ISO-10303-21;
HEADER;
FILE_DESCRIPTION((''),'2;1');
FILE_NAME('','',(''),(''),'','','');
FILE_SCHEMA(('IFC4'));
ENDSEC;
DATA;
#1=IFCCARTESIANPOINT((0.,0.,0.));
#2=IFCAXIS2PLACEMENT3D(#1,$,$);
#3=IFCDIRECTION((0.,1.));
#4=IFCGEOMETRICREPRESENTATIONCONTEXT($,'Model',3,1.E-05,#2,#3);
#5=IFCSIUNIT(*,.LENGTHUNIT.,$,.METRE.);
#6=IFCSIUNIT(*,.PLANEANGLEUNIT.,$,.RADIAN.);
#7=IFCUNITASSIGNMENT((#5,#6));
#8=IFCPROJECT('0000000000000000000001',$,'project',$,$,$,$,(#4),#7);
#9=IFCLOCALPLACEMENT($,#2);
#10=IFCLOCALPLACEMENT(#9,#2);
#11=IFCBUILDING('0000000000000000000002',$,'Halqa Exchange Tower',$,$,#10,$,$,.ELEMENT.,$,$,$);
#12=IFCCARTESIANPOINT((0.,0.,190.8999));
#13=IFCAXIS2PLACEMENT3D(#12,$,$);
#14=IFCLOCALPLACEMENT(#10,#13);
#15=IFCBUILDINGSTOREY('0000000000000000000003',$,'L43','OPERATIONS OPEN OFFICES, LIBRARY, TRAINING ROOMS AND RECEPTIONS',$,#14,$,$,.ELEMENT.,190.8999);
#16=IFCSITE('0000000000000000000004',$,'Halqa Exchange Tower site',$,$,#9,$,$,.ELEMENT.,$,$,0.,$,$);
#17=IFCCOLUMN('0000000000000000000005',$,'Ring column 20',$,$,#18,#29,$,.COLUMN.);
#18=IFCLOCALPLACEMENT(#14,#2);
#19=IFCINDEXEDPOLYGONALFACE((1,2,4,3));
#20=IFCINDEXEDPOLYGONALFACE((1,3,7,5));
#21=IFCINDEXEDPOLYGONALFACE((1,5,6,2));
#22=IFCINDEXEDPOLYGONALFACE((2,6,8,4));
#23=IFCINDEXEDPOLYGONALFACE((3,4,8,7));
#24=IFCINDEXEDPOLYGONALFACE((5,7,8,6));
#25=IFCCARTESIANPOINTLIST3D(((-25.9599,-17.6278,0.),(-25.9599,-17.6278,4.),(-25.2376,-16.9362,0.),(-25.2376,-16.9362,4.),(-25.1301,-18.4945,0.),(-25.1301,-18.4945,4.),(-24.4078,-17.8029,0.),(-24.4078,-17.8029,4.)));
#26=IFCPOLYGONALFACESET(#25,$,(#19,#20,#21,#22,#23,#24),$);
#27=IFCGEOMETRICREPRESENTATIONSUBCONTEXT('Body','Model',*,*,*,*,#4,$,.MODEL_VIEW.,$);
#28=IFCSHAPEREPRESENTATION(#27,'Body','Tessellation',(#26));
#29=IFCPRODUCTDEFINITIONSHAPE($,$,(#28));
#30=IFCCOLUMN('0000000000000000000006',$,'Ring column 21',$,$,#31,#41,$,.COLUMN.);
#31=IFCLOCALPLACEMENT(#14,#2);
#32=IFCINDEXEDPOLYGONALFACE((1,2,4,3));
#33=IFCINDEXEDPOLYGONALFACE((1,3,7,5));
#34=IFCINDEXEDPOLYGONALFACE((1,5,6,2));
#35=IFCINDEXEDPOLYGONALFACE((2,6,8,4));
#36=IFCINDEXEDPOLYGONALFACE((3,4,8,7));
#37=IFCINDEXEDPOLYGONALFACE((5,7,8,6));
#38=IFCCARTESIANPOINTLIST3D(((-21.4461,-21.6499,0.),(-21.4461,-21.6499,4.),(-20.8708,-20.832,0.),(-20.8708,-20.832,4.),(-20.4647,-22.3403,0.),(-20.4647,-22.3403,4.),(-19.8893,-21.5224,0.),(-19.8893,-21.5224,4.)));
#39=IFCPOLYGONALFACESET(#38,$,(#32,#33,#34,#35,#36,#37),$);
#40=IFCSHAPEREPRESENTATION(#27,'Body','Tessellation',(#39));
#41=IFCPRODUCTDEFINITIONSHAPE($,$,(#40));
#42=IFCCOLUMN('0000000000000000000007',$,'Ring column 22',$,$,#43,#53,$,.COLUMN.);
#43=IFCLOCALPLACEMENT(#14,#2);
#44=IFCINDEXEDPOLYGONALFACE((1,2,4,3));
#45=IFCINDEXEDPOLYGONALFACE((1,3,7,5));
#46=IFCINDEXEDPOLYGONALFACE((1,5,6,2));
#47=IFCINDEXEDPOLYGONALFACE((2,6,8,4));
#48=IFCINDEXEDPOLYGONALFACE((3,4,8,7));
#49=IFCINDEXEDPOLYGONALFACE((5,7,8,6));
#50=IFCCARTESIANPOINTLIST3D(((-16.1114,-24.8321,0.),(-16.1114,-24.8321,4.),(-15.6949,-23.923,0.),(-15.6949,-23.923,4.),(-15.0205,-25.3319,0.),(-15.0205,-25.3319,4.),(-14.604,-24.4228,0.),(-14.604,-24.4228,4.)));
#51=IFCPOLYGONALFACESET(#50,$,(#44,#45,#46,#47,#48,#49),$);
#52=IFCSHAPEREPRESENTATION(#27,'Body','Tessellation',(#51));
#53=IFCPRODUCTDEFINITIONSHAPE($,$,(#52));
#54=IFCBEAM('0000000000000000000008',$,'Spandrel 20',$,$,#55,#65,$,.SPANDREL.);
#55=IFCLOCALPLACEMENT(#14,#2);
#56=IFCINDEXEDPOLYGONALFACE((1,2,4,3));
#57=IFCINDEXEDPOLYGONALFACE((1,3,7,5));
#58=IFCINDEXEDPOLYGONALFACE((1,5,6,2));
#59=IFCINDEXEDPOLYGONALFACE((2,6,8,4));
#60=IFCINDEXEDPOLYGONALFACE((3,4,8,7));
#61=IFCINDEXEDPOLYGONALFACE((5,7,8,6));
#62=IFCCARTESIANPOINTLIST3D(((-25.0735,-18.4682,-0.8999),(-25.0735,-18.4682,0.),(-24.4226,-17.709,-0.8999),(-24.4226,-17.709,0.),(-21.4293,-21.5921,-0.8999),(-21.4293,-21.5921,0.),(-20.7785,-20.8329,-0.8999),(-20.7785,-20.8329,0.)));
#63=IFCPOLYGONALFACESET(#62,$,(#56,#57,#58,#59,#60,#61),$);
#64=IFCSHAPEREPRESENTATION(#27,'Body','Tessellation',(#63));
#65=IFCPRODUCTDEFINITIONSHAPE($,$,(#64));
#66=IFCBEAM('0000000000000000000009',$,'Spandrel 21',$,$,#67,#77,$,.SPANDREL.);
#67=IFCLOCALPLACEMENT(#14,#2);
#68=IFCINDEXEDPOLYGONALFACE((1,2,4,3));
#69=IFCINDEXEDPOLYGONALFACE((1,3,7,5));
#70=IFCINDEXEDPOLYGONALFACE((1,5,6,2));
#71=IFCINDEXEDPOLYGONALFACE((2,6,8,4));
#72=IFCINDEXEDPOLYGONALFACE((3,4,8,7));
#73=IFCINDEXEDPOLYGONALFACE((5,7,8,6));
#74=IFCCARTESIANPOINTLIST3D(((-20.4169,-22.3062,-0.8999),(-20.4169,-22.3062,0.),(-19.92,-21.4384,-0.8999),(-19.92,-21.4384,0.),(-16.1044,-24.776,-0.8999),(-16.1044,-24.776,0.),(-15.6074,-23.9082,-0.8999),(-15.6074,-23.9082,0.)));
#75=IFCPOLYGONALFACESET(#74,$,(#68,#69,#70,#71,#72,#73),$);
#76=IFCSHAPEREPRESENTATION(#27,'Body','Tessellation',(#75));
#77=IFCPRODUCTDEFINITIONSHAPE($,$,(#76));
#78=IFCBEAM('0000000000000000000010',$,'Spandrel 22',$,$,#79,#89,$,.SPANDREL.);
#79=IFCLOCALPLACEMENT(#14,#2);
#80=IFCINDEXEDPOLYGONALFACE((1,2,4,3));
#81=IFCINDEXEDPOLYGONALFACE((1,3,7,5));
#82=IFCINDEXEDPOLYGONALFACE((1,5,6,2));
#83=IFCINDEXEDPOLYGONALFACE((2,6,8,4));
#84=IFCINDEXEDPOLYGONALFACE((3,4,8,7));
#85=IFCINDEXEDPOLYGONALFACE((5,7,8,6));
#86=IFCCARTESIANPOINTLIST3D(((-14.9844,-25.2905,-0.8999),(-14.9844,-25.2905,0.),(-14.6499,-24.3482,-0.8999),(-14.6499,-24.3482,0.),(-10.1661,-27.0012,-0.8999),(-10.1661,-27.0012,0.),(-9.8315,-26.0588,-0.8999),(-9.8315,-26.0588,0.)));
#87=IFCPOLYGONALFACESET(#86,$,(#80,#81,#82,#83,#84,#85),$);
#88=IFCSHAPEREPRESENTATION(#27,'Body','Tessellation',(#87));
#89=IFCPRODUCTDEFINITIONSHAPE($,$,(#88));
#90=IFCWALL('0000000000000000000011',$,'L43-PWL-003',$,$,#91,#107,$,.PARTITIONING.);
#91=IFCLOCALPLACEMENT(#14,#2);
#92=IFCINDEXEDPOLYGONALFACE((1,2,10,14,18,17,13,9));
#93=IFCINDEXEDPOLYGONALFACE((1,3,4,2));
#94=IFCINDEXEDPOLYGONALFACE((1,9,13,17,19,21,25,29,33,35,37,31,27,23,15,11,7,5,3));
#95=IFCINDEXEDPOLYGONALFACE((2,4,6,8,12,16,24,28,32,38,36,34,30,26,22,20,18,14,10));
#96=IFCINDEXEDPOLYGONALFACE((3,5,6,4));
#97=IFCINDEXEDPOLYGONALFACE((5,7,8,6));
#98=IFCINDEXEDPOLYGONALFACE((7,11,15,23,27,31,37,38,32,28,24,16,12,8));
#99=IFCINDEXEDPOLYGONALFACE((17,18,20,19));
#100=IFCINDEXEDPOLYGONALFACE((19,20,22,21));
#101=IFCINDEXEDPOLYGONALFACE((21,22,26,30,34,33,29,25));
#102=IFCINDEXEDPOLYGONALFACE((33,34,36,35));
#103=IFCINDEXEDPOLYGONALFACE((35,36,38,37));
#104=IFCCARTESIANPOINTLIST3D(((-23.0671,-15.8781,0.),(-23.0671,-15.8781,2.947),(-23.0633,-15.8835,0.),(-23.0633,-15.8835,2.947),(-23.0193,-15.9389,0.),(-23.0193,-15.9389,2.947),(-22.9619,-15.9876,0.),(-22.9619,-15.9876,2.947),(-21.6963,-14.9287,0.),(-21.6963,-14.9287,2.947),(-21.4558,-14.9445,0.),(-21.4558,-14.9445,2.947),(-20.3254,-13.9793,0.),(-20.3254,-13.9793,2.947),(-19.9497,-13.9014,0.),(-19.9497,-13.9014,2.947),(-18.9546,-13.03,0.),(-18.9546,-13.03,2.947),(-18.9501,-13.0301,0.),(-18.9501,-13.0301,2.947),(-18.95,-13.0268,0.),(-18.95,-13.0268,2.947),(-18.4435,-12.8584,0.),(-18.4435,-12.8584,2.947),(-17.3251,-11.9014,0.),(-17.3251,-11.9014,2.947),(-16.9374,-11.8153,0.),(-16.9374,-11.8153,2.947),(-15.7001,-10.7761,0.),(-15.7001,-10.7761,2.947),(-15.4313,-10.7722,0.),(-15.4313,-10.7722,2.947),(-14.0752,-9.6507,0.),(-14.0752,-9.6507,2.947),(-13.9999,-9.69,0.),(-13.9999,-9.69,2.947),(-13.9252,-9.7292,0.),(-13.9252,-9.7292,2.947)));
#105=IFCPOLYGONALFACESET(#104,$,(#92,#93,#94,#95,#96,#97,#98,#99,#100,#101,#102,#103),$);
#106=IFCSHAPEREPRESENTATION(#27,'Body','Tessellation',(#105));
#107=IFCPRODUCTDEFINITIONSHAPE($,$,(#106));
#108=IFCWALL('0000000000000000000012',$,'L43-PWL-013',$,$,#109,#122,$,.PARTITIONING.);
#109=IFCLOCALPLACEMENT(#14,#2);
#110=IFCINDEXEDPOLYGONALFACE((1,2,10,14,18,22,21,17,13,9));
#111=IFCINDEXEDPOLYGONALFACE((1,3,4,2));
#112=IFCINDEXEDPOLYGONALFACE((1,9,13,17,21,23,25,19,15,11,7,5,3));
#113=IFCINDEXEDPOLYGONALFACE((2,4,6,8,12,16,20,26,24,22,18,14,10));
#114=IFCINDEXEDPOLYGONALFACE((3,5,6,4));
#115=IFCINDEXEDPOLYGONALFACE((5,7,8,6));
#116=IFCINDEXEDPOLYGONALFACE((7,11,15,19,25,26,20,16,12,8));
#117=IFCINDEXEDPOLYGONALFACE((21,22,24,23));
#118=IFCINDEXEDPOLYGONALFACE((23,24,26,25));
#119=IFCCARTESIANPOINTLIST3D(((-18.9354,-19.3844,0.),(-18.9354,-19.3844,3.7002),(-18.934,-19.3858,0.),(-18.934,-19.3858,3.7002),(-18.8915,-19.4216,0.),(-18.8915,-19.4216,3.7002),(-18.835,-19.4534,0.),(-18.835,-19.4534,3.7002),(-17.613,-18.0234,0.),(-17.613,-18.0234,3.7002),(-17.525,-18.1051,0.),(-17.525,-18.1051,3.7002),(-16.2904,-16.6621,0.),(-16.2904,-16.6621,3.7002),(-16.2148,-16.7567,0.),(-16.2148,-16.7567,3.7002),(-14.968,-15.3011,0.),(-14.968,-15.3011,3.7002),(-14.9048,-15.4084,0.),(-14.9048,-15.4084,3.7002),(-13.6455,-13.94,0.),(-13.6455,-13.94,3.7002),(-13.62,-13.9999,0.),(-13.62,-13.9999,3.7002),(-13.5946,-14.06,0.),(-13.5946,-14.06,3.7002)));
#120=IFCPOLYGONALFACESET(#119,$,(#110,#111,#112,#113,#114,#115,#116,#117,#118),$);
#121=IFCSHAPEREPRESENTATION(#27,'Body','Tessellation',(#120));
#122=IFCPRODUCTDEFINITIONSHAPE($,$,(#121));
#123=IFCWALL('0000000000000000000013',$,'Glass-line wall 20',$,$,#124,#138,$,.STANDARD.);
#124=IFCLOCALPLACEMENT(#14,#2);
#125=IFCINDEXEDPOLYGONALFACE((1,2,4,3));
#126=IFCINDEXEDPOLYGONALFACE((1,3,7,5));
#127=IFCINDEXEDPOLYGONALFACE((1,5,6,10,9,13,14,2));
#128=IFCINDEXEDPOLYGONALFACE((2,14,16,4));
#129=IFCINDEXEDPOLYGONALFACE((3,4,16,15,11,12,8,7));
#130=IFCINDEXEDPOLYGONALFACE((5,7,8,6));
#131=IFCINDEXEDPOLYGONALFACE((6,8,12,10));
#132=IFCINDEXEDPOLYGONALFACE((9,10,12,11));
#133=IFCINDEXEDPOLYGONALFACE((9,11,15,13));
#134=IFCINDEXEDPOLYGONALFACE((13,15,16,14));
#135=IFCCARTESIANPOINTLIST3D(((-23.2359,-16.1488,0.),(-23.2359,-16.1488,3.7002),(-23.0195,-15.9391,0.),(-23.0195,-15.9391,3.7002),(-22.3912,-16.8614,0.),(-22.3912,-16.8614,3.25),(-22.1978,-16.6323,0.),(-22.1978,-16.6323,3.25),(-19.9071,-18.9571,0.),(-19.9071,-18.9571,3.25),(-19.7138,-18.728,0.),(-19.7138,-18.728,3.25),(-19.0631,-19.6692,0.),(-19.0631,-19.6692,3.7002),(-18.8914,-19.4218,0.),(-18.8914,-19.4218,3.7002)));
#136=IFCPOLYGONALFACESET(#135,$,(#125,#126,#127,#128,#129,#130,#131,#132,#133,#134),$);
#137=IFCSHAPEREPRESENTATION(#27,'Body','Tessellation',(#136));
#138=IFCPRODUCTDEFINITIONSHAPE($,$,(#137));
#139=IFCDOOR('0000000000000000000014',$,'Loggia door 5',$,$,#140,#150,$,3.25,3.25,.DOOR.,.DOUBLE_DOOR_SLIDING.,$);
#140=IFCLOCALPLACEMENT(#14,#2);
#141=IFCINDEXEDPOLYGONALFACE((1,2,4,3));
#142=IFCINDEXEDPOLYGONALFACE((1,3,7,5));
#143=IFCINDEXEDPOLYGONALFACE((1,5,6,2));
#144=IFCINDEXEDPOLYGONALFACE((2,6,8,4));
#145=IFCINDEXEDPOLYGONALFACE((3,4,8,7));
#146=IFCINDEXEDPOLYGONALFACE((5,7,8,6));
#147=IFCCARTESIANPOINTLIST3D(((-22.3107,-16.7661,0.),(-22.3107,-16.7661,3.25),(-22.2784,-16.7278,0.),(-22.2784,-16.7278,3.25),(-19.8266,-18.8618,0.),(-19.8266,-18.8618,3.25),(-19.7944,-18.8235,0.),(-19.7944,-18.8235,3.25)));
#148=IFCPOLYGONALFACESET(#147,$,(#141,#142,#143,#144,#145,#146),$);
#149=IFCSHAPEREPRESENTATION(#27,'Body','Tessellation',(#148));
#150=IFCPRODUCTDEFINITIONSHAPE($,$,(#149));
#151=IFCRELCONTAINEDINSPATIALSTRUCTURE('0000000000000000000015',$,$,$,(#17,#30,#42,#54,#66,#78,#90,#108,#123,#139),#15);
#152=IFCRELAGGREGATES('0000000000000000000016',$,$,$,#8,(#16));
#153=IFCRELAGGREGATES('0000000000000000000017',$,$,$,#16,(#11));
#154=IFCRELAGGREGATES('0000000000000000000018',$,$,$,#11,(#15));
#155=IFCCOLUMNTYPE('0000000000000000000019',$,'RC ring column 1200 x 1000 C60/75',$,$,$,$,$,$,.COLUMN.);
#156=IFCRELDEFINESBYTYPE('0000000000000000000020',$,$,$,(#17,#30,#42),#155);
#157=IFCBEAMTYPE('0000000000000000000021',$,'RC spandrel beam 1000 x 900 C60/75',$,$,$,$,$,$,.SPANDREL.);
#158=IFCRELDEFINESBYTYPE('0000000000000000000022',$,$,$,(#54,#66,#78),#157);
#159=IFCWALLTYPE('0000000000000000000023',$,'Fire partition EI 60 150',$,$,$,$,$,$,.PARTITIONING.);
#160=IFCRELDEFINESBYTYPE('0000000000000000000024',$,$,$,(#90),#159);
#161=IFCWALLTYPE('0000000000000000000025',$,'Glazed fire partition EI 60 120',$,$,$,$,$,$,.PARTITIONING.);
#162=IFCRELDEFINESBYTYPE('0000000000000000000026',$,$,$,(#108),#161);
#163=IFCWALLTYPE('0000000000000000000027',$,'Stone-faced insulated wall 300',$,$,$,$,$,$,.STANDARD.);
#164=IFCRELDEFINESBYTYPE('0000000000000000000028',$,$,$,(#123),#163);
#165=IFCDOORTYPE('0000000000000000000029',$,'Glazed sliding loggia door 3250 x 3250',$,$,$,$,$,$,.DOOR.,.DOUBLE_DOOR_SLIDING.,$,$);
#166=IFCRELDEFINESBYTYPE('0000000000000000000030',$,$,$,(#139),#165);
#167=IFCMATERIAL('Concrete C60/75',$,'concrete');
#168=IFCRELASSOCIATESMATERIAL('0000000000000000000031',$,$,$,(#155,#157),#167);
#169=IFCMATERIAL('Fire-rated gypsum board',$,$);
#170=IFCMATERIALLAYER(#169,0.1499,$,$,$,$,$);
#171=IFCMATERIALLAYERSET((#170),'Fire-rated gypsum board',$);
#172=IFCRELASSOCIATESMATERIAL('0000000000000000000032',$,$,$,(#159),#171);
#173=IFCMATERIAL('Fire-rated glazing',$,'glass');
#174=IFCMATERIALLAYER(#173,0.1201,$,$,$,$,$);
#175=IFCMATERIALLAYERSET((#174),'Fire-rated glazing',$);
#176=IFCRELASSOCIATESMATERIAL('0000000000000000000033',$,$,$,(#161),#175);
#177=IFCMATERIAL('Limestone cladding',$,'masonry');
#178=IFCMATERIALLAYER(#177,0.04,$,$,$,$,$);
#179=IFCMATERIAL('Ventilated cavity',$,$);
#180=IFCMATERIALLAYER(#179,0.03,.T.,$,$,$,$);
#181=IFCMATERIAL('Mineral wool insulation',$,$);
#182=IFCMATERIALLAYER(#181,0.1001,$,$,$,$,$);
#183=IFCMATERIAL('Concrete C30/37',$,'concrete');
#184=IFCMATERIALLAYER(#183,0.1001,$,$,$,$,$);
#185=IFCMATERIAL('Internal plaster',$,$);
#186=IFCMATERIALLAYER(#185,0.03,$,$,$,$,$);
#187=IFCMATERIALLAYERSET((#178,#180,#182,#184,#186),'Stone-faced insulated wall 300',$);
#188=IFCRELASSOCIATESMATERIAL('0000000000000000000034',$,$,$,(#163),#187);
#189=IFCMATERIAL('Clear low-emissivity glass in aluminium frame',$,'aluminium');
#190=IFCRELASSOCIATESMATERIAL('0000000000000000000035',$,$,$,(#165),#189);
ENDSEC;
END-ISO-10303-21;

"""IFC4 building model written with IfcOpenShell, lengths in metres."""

from ifc_helpers import new_model, si_unit, direction, frame, frame_2d, origin, origin_2d, place, context, subcontext, project, spatial, polyline, rectangle, outline, extrude, material, layer, layer_set, material_profile, profile_set, type_object, element, fill, save


model = new_model("IFC4")

# Units and contexts
model_context = context("Model", 3, precision=1e-05, world=origin(), true_north=direction((0.0, 1.0)))
body_context = subcontext(model_context, "Body", "Model", "MODEL_VIEW")
ifc_project = project(units=[si_unit("LENGTHUNIT", "METRE"), si_unit("PLANEANGLEUNIT", "RADIAN")], contexts=[model_context])

# Site, building, storey
site_placement = place(None, origin())
site = spatial("IfcSite", under=ifc_project, at=site_placement, Name="Halqa Exchange Tower site", CompositionType="ELEMENT", RefElevation=0.0)
building_placement = place(site_placement, origin())
building = spatial("IfcBuilding", under=site, at=building_placement, Name="Halqa Exchange Tower", CompositionType="ELEMENT")
storey_placement = place(building_placement, frame((0.0, 0.0, 190.8999)))
storey = spatial("IfcBuildingStorey", under=building, at=storey_placement, Name="L43", Description="OPERATIONS OPEN OFFICES, LIBRARY, TRAINING ROOMS AND RECEPTIONS", CompositionType="ELEMENT", Elevation=190.8999)

# Columns
ifc_material_1 = material(Name="Concrete C60/75", Category="concrete")
ifc_material_profile_1 = material_profile(ifc_material_1, rectangle(XDim=1.2, YDim=1.0, at=origin_2d()), Name="1200 x 1000")
ifc_profile_set_1 = profile_set([ifc_material_profile_1], Name="Concrete C60/75")
column_type = type_object("IfcColumnType", Name="RC ring column 1200 x 1000 C60/75", PredefinedType="COLUMN", material=ifc_profile_set_1)
for number, where, z_axis, x_axis, name in (
    (1, (-25.1838, -17.7153, 0.0), (0.0, 0.0, 1.0), (0.691576, -0.722304, 0.0), "Ring column 20"),
    (2, (-20.6677, -21.5862, 0.0), (0.0, 0.0, 1.0), (0.817906, -0.575352, 0.0), "Ring column 21"),
    (3, (-15.3577, -24.6274, 0.0), (0.0, 0.0, 1.0), (0.909126, -0.416522, 0.0), "Ring column 22"),
):
    element("IfcColumn", number, at=place(storey_placement, frame(where, z_axis=z_axis, x_axis=x_axis)), inside=storey, type_object=column_type, Name=name, PredefinedType="COLUMN", context=body_context, shape_type="SweptSolid", body=[
        extrude(rectangle(XDim=1.2, YDim=1.0, at=origin_2d()), origin(), (0.0, 0.0, 1.0), 4.0),
    ])

# Beams
ifc_material_profile_2 = material_profile(ifc_material_1, rectangle(XDim=1.0, YDim=0.8999, at=origin_2d()), Name="1000 x 900")
ifc_profile_set_2 = profile_set([ifc_material_profile_2], Name="Concrete C60/75")
beam_type = type_object("IfcBeamType", Name="RC spandrel beam 1000 x 900 C60/75", PredefinedType="SPANDREL", material=ifc_profile_set_2)
beam_1_placement = place(storey_placement, frame((-24.748, -18.0886, -0.45), z_axis=(0.759224, -0.650829, 0.0), x_axis=(0.650829, 0.759224, 0.0)))
element("IfcBeam", 4, at=beam_1_placement, inside=storey, type_object=beam_type, Name="Spandrel 20", PredefinedType="SPANDREL", context=body_context, shape_type="SweptSolid", body=[
    extrude(rectangle(XDim=1.0, YDim=0.8999, at=origin_2d()), origin(), (0.0, 0.0, 1.0), 4.7998),
])
beam_2_placement = place(storey_placement, frame((-20.1685, -21.8723, -0.45), z_axis=(0.867771, -0.496964, 0.0), x_axis=(0.496964, 0.867771, 0.0)))
element("IfcBeam", 5, at=beam_2_placement, inside=storey, type_object=beam_type, Name="Spandrel 21", PredefinedType="SPANDREL", context=body_context, shape_type="SweptSolid", body=[
    extrude(rectangle(XDim=1.0, YDim=0.8999, at=origin_2d()), origin(), (0.0, 0.0, 1.0), 4.9697),
])
beam_3_placement = place(storey_placement, frame((-14.8171, -24.8193, -0.45), z_axis=(0.942369, -0.334575, 0.0), x_axis=(0.334575, 0.942369, 0.0)))
element("IfcBeam", 6, at=beam_3_placement, inside=storey, type_object=beam_type, Name="Spandrel 22", PredefinedType="SPANDREL", context=body_context, shape_type="SweptSolid", body=[
    extrude(rectangle(XDim=1.0, YDim=0.8999, at=origin_2d()), origin(), (0.0, 0.0, 1.0), 5.113),
])

# Wall
ifc_material_2 = material(Name="Fire-rated gypsum board")
ifc_layer_1 = layer(ifc_material_2, 0.1499)
ifc_layer_set_1 = layer_set([ifc_layer_1], Name="Fire-rated gypsum board")
wall_type_1 = type_object("IfcWallType", Name="Fire partition EI 60 150", PredefinedType="PARTITIONING", material=ifc_layer_set_1)
wall_1_placement = place(storey_placement, frame((-23.0244, -15.9397, 0.0), z_axis=(0.0, 0.0, 1.0), x_axis=(0.822097, 0.569347, 0.0)))
element("IfcWall", 7, at=wall_1_placement, inside=storey, type_object=wall_type_1, Name="L43-PWL-003", PredefinedType="PARTITIONING", context=body_context, shape_type="SweptSolid", body=[
    extrude(outline(polyline([(0.0242, -0.075), (1.8562, -0.075), (3.6882, -0.075), (5.5203, -0.075), (7.3523, -0.075), (9.1843, -0.075), (11.0164, -0.075), (10.9773, -0.0002), (10.9377, 0.075), (8.9612, 0.075), (6.9846, 0.075), (5.0081, 0.075), (5.0061, 0.0723), (5.0024, 0.075), (3.335, 0.075), (1.6675, 0.075), (0.0, 0.075), (0.0, 0.0684), (0.0046, -0.0022), (0.0242, -0.075)])), origin(), (0.0, 0.0, 1.0), 2.947),
])

# Shared definitions
ifc_material_3 = material(Name="Fire-rated glazing", Category="glass")
ifc_layer_2 = layer(ifc_material_3, 0.1201)
ifc_layer_set_2 = layer_set([ifc_layer_2], Name="Fire-rated glazing")
wall_type_2 = type_object("IfcWallType", Name="Glazed fire partition EI 60 120", PredefinedType="PARTITIONING", material=ifc_layer_set_2)

# Wall
wall_2_placement = place(storey_placement, frame((-13.6023, -13.9817, 0.0), z_axis=(0.0, 0.0, 1.0), x_axis=(-0.696855, -0.717212, 0.0)))
element("IfcWall", 8, at=wall_2_placement, inside=storey, type_object=wall_type_2, Name="L43-PWL-013", PredefinedType="PARTITIONING", context=body_context, shape_type="SweptSolid", body=[
    extrude(outline(polyline([(7.5913, -0.0601), (7.5913, -0.0581), (7.5874, -0.0027), (7.5708, 0.0601), (5.6909, 0.0601), (3.8108, 0.0601), (1.9309, 0.0601), (0.0508, 0.0601), (0.0254, 0.0), (0.0002, -0.0601), (0.0, -0.0601), (0.0, -0.0601), (1.8979, -0.0601), (3.7957, -0.0601), (5.6936, -0.0601), (7.5913, -0.0601)])), origin(), (0.0, 0.0, 1.0), 3.7002),
])

# Wall, opening, door
ifc_material_4 = material(Name="Limestone cladding", Category="masonry")
ifc_layer_3 = layer(ifc_material_4, 0.04)
ifc_material_5 = material(Name="Ventilated cavity")
ifc_layer_4 = layer(ifc_material_5, 0.03, ventilated=True)
ifc_material_6 = material(Name="Mineral wool insulation")
ifc_layer_5 = layer(ifc_material_6, 0.1001)
ifc_material_7 = material(Name="Concrete C30/37", Category="concrete")
ifc_layer_6 = layer(ifc_material_7, 0.1001)
ifc_material_8 = material(Name="Internal plaster")
ifc_layer_7 = layer(ifc_material_8, 0.03)
ifc_layer_set_3 = layer_set([ifc_layer_3, ifc_layer_4, ifc_layer_5, ifc_layer_6, ifc_layer_7], Name="Stone-faced insulated wall 300")
wall_type_3 = type_object("IfcWallType", Name="Stone-faced insulated wall 300", PredefinedType="STANDARD", material=ifc_layer_set_3)
wall_3_placement = place(storey_placement, frame((-23.1277, -16.0439, 0.0), z_axis=(0.0, 0.0, 1.0), x_axis=(0.76433, -0.644825, 0.0)))
wall_3 = element("IfcWall", 9, at=wall_3_placement, inside=storey, type_object=wall_type_3, Name="Glass-line wall 20", PredefinedType="STANDARD", context=body_context, shape_type="SweptSolid", body=[
    extrude(outline(polyline([(-0.0151, -0.1499), (5.4443, -0.1499), (5.416, 0.1499), (0.0151, 0.1499), (-0.0151, -0.1499)])), origin(), (0.0, 0.0, 1.0), 3.7002),
])
opening_1_placement = place(wall_3_placement, frame((1.0901, 0.0, 0.0)))
opening_1 = element("IfcOpeningElement", 10, at=opening_1_placement, cuts=wall_3, PredefinedType="OPENING", context=body_context, shape_type="SweptSolid", body=[
    extrude(rectangle(XDim=3.25, YDim=3.25, at=frame_2d((1.625, 1.625))), frame((0.0, 0.1621, 0.0), z_axis=(0.0, -1.0, 0.0), x_axis=(1.0, 0.0, 0.0)), (0.0, 0.0, 1.0), 0.324),
])
ifc_material_9 = material(Name="Clear low-emissivity glass in aluminium frame", Category="aluminium")
door_type_1 = type_object("IfcDoorType", Name="Glazed sliding loggia door 3250 x 3250", OperationType="DOUBLE_DOOR_SLIDING", PredefinedType="DOOR", material=ifc_material_9)
door_1_placement = place(opening_1_placement, origin())
door_1 = element("IfcDoor", 11, at=door_1_placement, inside=storey, type_object=door_type_1, Name="Loggia door 5", OperationType="DOUBLE_DOOR_SLIDING", OverallHeight=3.25, OverallWidth=3.25, PredefinedType="DOOR", context=body_context, shape_type="SweptSolid", body=[
    extrude(rectangle(XDim=3.25, YDim=3.25, at=frame_2d((1.625, 1.625))), frame((0.0, 0.0249, 0.0), z_axis=(0.0, -1.0, 0.0), x_axis=(1.0, 0.0, 0.0)), (0.0, 0.0, 1.0), 0.05),
])
fill(opening_1, door_1)

save(model, "model.ifc")
